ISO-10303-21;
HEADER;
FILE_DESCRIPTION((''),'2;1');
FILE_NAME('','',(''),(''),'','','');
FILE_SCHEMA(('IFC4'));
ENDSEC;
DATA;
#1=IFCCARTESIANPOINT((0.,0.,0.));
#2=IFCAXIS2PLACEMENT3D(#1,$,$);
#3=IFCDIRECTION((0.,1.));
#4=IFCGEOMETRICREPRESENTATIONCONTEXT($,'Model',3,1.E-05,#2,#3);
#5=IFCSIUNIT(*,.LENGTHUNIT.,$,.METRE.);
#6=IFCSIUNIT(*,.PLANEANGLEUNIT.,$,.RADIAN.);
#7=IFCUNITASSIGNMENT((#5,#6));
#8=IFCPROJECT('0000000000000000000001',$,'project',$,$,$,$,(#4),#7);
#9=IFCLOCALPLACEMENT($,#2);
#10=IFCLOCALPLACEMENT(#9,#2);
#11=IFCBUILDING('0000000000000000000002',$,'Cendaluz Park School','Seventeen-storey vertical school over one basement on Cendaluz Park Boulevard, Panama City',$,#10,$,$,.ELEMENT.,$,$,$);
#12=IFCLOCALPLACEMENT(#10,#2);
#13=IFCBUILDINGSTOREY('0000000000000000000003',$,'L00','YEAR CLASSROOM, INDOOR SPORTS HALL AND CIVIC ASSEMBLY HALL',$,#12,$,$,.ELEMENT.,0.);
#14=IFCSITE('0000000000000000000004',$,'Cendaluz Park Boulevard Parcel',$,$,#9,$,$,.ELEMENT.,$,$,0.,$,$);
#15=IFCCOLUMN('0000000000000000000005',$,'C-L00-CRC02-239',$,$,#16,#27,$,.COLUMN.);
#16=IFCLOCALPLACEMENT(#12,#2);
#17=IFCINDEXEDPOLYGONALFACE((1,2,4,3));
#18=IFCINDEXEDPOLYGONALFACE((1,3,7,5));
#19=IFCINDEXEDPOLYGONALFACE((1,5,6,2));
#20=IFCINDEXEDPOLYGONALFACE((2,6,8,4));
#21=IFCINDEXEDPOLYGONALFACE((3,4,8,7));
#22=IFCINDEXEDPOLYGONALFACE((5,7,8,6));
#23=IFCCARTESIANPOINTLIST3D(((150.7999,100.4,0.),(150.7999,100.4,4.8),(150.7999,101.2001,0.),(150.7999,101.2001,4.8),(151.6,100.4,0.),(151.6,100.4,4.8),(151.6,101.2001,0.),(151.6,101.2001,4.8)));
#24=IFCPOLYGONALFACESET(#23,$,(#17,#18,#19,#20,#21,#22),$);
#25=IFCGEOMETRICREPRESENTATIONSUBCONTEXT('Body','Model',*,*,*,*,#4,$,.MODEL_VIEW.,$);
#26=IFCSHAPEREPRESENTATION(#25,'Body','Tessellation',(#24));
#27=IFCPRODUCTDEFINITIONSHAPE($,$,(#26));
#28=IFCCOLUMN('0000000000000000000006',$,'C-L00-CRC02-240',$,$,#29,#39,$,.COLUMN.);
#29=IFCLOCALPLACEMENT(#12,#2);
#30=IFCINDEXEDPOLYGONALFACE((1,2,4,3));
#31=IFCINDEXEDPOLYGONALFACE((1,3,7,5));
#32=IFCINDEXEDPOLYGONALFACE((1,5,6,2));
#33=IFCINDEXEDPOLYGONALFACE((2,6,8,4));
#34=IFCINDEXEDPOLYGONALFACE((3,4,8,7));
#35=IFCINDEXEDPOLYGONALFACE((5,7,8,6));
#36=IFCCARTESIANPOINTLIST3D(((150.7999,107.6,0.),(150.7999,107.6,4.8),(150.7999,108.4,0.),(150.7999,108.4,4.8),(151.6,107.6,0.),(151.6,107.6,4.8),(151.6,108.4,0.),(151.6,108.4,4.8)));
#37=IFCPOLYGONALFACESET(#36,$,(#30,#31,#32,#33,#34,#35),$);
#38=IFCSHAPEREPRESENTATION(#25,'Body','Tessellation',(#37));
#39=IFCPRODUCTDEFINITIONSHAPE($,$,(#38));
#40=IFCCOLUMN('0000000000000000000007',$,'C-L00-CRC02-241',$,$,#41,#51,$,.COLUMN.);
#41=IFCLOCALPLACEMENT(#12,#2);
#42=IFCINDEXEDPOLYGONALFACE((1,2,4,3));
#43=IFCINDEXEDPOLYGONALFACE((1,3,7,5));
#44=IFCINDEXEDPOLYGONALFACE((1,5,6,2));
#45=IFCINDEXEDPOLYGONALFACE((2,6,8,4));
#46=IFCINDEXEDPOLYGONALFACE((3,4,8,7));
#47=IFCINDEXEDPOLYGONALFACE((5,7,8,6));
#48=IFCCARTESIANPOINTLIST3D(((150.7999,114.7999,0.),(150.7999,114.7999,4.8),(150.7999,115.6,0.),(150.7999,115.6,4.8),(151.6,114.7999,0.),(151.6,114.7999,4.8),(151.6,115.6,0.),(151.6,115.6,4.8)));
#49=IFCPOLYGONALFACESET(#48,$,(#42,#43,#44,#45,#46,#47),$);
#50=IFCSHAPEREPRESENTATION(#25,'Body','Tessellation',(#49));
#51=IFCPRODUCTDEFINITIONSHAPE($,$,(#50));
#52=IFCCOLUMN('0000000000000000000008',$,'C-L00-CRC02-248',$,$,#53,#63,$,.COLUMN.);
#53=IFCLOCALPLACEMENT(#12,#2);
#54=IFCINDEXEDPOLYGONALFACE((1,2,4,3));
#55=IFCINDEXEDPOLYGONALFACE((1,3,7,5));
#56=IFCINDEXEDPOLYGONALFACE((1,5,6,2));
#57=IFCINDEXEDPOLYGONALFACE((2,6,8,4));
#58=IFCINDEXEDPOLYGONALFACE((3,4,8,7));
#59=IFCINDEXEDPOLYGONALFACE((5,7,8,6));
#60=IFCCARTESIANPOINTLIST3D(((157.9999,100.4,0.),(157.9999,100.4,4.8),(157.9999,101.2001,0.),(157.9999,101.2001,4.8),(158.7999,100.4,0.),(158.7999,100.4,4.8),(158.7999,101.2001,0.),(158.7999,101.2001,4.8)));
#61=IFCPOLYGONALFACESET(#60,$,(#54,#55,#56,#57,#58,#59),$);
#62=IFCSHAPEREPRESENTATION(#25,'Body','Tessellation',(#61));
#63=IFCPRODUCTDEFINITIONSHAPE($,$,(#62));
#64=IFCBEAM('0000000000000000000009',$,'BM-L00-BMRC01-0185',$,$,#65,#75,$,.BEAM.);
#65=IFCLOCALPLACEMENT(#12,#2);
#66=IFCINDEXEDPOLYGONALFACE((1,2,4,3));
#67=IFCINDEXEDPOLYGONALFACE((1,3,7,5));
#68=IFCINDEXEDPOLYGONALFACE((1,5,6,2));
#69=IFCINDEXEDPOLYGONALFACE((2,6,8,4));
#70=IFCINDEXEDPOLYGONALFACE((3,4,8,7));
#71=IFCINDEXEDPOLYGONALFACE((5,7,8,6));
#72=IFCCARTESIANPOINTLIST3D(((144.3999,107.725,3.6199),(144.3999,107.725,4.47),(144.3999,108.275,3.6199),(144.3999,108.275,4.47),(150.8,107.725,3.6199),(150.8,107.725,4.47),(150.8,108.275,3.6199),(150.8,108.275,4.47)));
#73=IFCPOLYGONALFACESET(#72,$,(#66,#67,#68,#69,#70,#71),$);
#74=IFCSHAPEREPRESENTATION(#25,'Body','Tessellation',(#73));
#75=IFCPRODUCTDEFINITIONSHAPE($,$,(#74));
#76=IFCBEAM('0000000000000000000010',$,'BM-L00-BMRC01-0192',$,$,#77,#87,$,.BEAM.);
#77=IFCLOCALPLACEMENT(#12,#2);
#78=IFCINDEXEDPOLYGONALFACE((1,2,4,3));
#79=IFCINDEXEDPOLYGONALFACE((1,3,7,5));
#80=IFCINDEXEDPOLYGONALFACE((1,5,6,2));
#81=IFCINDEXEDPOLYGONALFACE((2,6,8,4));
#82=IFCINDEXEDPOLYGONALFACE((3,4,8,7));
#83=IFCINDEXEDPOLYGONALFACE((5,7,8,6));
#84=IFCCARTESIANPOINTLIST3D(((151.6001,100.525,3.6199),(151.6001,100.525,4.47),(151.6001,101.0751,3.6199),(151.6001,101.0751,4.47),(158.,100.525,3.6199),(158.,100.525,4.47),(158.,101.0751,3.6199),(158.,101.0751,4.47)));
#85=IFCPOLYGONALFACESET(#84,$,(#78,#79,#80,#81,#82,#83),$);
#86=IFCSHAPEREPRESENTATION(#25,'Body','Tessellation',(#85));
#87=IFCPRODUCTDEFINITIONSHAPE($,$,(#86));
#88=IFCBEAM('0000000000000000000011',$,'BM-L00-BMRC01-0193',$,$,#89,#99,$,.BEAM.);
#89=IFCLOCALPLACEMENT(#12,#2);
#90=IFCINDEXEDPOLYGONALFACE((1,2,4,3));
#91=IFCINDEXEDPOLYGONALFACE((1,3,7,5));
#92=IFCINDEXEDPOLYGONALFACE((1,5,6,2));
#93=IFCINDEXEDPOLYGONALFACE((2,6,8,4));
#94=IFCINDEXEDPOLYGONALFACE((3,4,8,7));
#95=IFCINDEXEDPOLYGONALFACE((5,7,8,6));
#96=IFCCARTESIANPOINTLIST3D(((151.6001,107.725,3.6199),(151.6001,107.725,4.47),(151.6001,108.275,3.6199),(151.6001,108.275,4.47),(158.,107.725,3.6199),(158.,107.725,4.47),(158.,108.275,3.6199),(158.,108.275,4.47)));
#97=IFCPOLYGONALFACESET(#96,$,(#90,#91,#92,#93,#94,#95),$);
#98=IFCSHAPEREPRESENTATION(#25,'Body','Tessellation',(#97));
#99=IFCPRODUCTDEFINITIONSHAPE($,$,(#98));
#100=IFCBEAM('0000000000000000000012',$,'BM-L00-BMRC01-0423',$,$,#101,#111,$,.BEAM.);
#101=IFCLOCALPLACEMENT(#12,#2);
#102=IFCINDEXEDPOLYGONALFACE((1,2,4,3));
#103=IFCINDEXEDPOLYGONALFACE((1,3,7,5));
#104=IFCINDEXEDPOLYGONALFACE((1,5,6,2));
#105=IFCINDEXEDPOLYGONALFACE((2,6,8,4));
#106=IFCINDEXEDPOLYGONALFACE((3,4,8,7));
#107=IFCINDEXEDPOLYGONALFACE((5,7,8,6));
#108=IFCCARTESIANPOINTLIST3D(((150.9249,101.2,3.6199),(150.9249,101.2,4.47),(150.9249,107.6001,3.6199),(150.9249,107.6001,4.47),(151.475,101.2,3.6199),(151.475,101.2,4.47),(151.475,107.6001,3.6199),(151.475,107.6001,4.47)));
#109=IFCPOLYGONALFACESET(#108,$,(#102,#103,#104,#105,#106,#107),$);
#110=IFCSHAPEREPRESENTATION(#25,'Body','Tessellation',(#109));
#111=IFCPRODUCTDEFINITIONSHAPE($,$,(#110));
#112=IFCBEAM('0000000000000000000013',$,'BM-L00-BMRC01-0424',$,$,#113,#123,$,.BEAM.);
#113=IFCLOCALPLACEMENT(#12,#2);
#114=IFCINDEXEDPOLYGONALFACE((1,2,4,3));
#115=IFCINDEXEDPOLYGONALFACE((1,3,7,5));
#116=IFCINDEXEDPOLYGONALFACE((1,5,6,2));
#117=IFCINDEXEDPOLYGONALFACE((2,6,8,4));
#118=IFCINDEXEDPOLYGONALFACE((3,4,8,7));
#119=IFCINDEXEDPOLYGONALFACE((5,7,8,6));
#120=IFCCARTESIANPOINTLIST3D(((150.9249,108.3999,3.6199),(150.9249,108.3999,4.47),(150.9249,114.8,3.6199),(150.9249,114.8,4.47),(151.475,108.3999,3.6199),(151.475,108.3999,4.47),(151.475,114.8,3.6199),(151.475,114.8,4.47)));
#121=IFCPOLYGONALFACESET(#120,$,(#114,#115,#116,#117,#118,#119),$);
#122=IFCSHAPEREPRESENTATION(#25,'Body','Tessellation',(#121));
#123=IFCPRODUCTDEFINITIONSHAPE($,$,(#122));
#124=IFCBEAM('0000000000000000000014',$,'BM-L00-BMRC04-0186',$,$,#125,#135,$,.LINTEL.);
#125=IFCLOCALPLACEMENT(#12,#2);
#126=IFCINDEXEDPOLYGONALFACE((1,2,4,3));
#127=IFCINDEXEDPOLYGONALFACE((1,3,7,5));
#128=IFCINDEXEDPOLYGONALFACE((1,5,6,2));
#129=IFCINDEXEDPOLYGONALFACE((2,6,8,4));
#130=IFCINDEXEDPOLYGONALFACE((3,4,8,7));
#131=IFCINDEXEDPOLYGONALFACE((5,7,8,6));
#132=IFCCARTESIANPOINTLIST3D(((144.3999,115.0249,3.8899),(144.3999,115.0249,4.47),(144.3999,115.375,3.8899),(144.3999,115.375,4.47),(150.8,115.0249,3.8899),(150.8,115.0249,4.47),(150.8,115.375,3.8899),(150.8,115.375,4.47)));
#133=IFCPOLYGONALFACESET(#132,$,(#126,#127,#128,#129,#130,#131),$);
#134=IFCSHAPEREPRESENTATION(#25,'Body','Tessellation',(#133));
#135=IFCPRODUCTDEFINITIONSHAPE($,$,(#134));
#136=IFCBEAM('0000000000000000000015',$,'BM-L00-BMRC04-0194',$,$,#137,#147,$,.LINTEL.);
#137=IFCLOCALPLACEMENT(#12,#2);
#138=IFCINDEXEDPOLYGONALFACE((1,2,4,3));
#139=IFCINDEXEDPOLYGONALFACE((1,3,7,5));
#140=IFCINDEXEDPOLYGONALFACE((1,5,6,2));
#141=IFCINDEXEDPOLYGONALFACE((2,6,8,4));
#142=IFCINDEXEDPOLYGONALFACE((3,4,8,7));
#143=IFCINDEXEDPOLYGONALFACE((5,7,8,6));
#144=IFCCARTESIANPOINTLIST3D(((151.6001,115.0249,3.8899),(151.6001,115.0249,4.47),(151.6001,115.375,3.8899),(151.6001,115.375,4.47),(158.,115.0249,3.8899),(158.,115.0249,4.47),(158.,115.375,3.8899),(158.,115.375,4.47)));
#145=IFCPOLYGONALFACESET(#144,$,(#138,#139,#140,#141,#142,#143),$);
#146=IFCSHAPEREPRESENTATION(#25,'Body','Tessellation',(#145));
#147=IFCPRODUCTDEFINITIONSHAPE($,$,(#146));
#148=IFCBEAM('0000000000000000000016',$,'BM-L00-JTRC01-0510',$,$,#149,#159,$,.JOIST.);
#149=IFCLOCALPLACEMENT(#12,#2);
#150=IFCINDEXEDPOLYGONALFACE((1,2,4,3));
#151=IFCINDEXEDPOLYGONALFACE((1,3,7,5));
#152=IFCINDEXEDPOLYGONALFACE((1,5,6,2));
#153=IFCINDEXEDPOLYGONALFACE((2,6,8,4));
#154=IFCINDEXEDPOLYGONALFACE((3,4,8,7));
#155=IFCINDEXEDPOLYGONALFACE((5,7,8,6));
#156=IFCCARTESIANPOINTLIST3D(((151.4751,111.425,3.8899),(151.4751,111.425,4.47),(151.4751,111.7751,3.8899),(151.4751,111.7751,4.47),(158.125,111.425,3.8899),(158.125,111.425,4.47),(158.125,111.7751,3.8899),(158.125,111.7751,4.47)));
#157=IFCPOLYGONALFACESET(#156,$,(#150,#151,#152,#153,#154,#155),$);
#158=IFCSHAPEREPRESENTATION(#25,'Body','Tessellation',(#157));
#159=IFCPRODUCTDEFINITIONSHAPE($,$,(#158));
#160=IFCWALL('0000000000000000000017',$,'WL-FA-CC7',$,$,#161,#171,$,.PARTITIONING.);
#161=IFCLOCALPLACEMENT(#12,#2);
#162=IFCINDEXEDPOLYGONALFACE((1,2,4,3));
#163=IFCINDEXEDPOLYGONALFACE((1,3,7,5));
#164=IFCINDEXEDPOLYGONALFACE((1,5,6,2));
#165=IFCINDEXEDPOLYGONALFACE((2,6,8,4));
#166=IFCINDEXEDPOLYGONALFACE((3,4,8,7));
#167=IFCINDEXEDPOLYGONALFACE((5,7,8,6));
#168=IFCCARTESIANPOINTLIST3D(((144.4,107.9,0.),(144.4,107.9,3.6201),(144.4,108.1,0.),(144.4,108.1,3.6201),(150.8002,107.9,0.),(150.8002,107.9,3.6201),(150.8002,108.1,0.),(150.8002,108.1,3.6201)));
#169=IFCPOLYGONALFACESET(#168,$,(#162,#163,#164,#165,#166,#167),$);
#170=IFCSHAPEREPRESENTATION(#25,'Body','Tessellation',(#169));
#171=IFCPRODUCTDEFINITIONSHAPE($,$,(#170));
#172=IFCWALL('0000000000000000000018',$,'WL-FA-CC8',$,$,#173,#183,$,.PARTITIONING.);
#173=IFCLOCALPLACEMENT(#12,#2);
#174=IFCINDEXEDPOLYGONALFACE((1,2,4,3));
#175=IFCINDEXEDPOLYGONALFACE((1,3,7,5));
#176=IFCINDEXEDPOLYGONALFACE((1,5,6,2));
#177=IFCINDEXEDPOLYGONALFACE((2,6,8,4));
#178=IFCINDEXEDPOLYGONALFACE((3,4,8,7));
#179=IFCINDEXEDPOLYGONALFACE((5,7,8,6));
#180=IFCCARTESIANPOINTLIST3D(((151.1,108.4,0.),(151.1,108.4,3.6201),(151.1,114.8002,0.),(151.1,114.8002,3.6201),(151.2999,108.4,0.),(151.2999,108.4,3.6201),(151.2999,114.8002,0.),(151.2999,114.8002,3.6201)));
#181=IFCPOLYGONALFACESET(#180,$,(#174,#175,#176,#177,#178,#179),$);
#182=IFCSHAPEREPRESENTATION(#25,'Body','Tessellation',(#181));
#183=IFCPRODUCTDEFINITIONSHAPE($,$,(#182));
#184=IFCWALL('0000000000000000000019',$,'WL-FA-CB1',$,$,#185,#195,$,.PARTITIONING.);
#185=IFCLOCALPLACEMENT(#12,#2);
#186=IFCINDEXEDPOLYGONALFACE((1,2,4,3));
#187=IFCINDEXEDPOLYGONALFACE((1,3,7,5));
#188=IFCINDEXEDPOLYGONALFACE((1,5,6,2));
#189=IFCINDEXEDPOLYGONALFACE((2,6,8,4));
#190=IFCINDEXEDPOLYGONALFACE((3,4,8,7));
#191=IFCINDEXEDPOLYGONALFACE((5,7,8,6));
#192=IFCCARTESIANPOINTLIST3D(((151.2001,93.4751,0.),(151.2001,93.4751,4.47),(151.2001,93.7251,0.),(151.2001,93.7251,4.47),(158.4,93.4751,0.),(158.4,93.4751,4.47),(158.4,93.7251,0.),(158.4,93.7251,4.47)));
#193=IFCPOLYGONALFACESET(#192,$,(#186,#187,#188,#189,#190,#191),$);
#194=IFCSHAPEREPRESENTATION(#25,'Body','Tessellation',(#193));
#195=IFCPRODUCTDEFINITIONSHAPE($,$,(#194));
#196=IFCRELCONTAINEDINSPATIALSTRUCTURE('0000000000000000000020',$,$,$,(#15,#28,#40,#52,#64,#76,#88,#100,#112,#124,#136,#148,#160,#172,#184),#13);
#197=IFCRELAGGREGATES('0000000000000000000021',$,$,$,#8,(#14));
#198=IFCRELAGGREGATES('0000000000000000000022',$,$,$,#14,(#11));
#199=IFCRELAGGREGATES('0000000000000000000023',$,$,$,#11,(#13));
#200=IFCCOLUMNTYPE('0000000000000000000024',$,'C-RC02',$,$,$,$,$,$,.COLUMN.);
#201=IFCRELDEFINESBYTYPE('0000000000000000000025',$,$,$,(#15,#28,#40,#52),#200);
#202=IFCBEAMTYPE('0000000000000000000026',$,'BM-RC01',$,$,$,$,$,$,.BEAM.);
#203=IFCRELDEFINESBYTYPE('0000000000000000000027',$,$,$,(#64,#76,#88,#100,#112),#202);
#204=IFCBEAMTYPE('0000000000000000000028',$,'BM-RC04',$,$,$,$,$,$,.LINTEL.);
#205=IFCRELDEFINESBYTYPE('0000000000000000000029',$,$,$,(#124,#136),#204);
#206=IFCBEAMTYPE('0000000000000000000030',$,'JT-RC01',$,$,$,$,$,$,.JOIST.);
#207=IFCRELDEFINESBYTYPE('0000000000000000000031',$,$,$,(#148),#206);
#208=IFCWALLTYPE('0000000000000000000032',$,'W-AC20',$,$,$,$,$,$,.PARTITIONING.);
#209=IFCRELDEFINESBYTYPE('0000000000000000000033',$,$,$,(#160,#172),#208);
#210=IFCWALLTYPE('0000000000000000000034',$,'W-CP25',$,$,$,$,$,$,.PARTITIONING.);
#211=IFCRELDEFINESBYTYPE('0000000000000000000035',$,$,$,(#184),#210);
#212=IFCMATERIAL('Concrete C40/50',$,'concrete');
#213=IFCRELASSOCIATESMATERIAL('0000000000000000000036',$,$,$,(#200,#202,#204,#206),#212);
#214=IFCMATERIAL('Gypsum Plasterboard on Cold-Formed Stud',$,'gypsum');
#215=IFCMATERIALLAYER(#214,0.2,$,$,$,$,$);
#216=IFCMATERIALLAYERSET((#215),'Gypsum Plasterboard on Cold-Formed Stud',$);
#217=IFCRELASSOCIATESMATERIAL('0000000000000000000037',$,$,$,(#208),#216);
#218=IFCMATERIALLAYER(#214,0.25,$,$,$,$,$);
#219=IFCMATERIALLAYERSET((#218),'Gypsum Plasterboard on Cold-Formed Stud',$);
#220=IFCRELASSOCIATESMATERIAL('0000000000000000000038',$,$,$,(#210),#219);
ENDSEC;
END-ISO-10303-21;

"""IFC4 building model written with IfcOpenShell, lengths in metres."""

from ifc_helpers import new_model, si_unit, direction, frame, frame_2d, origin, origin_2d, place, context, subcontext, project, spatial, rectangle, extrude, material, layer, layer_set, material_profile, profile_set, type_object, element, save


model = new_model("IFC4")

# Units and contexts
model_context = context("Model", 3, precision=1e-05, world=origin(), true_north=direction((0.0, 1.0)))
body_context = subcontext(model_context, "Body", "Model", "MODEL_VIEW")
ifc_project = project(units=[si_unit("LENGTHUNIT", "METRE"), si_unit("PLANEANGLEUNIT", "RADIAN")], contexts=[model_context])

# Site, building, storey
site_placement = place(None, origin())
site = spatial("IfcSite", under=ifc_project, at=site_placement, Name="Cendaluz Park Boulevard Parcel", CompositionType="ELEMENT", RefElevation=0.0)
building_placement = place(site_placement, origin())
building = spatial("IfcBuilding", under=site, at=building_placement, Name="Cendaluz Park School", Description="Seventeen-storey vertical school over one basement on Cendaluz Park Boulevard, Panama City", CompositionType="ELEMENT")
storey_placement = place(building_placement, origin())
storey = spatial("IfcBuildingStorey", under=building, at=storey_placement, Name="L00", Description="YEAR CLASSROOM, INDOOR SPORTS HALL AND CIVIC ASSEMBLY HALL", CompositionType="ELEMENT", Elevation=0.0)

# Columns
ifc_material_1 = material(Name="Concrete C40/50", Category="concrete")
ifc_material_profile_1 = material_profile(ifc_material_1, rectangle(XDim=0.8, YDim=0.8, at=origin_2d()), Name="RC 800x800", Category="concrete")
ifc_profile_set_1 = profile_set([ifc_material_profile_1], Name="Concrete C40/50")
column_type = type_object("IfcColumnType", Name="C-RC02", PredefinedType="COLUMN", material=ifc_profile_set_1)
for number, where, z_axis, x_axis, name in (
    (1, (151.2, 100.8, 0.0), (0.0, 0.0, 1.0), (1.0, 0.0, 0.0), "C-L00-CRC02-239"),
    (2, (151.2, 108.0, 0.0), (0.0, 0.0, 1.0), (1.0, 0.0, 0.0), "C-L00-CRC02-240"),
    (3, (151.2, 115.2, 0.0), (0.0, 0.0, 1.0), (1.0, 0.0, 0.0), "C-L00-CRC02-241"),
    (4, (158.3999, 100.8, 0.0), (0.0, 0.0, 1.0), (1.0, 0.0, 0.0), "C-L00-CRC02-248"),
):
    element("IfcColumn", number, at=place(storey_placement, frame(where, z_axis=z_axis, x_axis=x_axis)), inside=storey, type_object=column_type, Name=name, PredefinedType="COLUMN", context=body_context, shape_type="SweptSolid", body=[
        extrude(rectangle(XDim=0.8, YDim=0.8, at=origin_2d()), origin(), (0.0, 0.0, 1.0), 4.8),
    ])

# Beams
ifc_material_profile_2 = material_profile(ifc_material_1, rectangle(XDim=0.55, YDim=0.8501, at=origin_2d()), Name="RC 550x850", Category="concrete")
ifc_profile_set_2 = profile_set([ifc_material_profile_2], Name="Concrete C40/50")
beam_type_1 = type_object("IfcBeamType", Name="BM-RC01", PredefinedType="BEAM", material=ifc_profile_set_2)
beam_1_placement = place(storey_placement, frame((144.3999, 108.0, 4.0449), z_axis=(1.0, 0.0, 0.0), x_axis=(0.0, 1.0, 0.0)))
element("IfcBeam", 5, at=beam_1_placement, inside=storey, type_object=beam_type_1, Name="BM-L00-BMRC01-0185", PredefinedType="BEAM", context=body_context, shape_type="SweptSolid", body=[
    extrude(rectangle(XDim=0.55, YDim=0.8501, at=origin_2d()), origin(), (0.0, 0.0, 1.0), 6.4001),
])
for number, where, z_axis, x_axis, name in (
    (6, (151.6001, 100.8, 4.0449), (1.0, 0.0, 0.0), (0.0, 1.0, 0.0), "BM-L00-BMRC01-0192"),
    (7, (151.6001, 108.0, 4.0449), (1.0, 0.0, 0.0), (0.0, 1.0, 0.0), "BM-L00-BMRC01-0193"),
):
    element("IfcBeam", number, at=place(storey_placement, frame(where, z_axis=z_axis, x_axis=x_axis)), inside=storey, type_object=beam_type_1, Name=name, PredefinedType="BEAM", context=body_context, shape_type="SweptSolid", body=[
        extrude(rectangle(XDim=0.55, YDim=0.8501, at=origin_2d()), origin(), (0.0, 0.0, 1.0), 6.3999),
    ])
for number, where, z_axis, x_axis, name in (
    (8, (151.2, 101.2, 4.0449), (0.0, 1.0, 0.0), (-1.0, 0.0, 0.0), "BM-L00-BMRC01-0423"),
    (9, (151.2, 108.3999, 4.0449), (0.0, 1.0, 0.0), (-1.0, 0.0, 0.0), "BM-L00-BMRC01-0424"),
):
    element("IfcBeam", number, at=place(storey_placement, frame(where, z_axis=z_axis, x_axis=x_axis)), inside=storey, type_object=beam_type_1, Name=name, PredefinedType="BEAM", context=body_context, shape_type="SweptSolid", body=[
        extrude(rectangle(XDim=0.55, YDim=0.8501, at=origin_2d()), origin(), (0.0, 0.0, 1.0), 6.4001),
    ])
ifc_material_profile_3 = material_profile(ifc_material_1, rectangle(XDim=0.3501, YDim=0.5801, at=origin_2d()), Name="RC 350x580", Category="concrete")
ifc_profile_set_3 = profile_set([ifc_material_profile_3], Name="Concrete C40/50")
beam_type_2 = type_object("IfcBeamType", Name="BM-RC04", PredefinedType="LINTEL", material=ifc_profile_set_3)
beam_2_placement = place(storey_placement, frame((144.3999, 115.2, 4.1799), z_axis=(1.0, 0.0, 0.0), x_axis=(0.0, 1.0, 0.0)))
element("IfcBeam", 10, at=beam_2_placement, inside=storey, type_object=beam_type_2, Name="BM-L00-BMRC04-0186", PredefinedType="LINTEL", context=body_context, shape_type="SweptSolid", body=[
    extrude(rectangle(XDim=0.3501, YDim=0.5801, at=origin_2d()), origin(), (0.0, 0.0, 1.0), 6.4001),
])
beam_3_placement = place(storey_placement, frame((151.6001, 115.2, 4.1799), z_axis=(1.0, 0.0, 0.0), x_axis=(0.0, 1.0, 0.0)))
element("IfcBeam", 11, at=beam_3_placement, inside=storey, type_object=beam_type_2, Name="BM-L00-BMRC04-0194", PredefinedType="LINTEL", context=body_context, shape_type="SweptSolid", body=[
    extrude(rectangle(XDim=0.3501, YDim=0.5801, at=origin_2d()), origin(), (0.0, 0.0, 1.0), 6.3999),
])
ifc_material_profile_4 = material_profile(ifc_material_1, rectangle(XDim=0.3501, YDim=0.5801, at=origin_2d()), Name="RC 350x580", Category="concrete")
ifc_profile_set_4 = profile_set([ifc_material_profile_4], Name="Concrete C40/50")
beam_type_3 = type_object("IfcBeamType", Name="JT-RC01", PredefinedType="JOIST", material=ifc_profile_set_4)
beam_4_placement = place(storey_placement, frame((151.4751, 111.6001, 4.1799), z_axis=(1.0, 0.0, 0.0), x_axis=(0.0, 1.0, 0.0)))
element("IfcBeam", 12, at=beam_4_placement, inside=storey, type_object=beam_type_3, Name="BM-L00-JTRC01-0510", PredefinedType="JOIST", context=body_context, shape_type="SweptSolid", body=[
    extrude(rectangle(XDim=0.3501, YDim=0.5801, at=origin_2d()), origin(), (0.0, 0.0, 1.0), 6.6499),
])

# Walls
ifc_material_2 = material(Name="Gypsum Plasterboard on Cold-Formed Stud", Category="gypsum")
ifc_layer_1 = layer(ifc_material_2, 0.2)
ifc_layer_set_1 = layer_set([ifc_layer_1], Name="Gypsum Plasterboard on Cold-Formed Stud")
wall_type_1 = type_object("IfcWallType", Name="W-AC20", PredefinedType="PARTITIONING", material=ifc_layer_set_1)
for number, where, z_axis, x_axis, name in (
    (13, (144.3999, 108.0, 0.0), (0.0, 0.0, 1.0), (1.0, 0.0, 0.0), "WL-FA-CC7"),
    (14, (151.2, 108.3999, 0.0), (0.0, 0.0, 1.0), (0.0, 1.0, 0.0), "WL-FA-CC8"),
):
    element("IfcWall", number, at=place(storey_placement, frame(where, z_axis=z_axis, x_axis=x_axis)), inside=storey, type_object=wall_type_1, Name=name, PredefinedType="PARTITIONING", context=body_context, shape_type="SweptSolid", body=[
        extrude(rectangle(XDim=6.4001, YDim=0.2, at=frame_2d((3.2002, 0.0))), origin(), (0.0, 0.0, 1.0), 3.6201),
    ])
ifc_layer_2 = layer(ifc_material_2, 0.25)
ifc_layer_set_2 = layer_set([ifc_layer_2], Name="Gypsum Plasterboard on Cold-Formed Stud")
wall_type_2 = type_object("IfcWallType", Name="W-CP25", PredefinedType="PARTITIONING", material=ifc_layer_set_2)
wall_1_placement = place(storey_placement, frame((151.2, 93.6001, 0.0), z_axis=(0.0, 0.0, 1.0), x_axis=(1.0, 0.0, 0.0)))
element("IfcWall", 15, at=wall_1_placement, inside=storey, type_object=wall_type_2, Name="WL-FA-CB1", PredefinedType="PARTITIONING", context=body_context, shape_type="SweptSolid", body=[
    extrude(rectangle(XDim=7.2, YDim=0.25, at=frame_2d((3.6001, 0.0))), origin(), (0.0, 0.0, 1.0), 4.47),
])

save(model, "model.ifc")
